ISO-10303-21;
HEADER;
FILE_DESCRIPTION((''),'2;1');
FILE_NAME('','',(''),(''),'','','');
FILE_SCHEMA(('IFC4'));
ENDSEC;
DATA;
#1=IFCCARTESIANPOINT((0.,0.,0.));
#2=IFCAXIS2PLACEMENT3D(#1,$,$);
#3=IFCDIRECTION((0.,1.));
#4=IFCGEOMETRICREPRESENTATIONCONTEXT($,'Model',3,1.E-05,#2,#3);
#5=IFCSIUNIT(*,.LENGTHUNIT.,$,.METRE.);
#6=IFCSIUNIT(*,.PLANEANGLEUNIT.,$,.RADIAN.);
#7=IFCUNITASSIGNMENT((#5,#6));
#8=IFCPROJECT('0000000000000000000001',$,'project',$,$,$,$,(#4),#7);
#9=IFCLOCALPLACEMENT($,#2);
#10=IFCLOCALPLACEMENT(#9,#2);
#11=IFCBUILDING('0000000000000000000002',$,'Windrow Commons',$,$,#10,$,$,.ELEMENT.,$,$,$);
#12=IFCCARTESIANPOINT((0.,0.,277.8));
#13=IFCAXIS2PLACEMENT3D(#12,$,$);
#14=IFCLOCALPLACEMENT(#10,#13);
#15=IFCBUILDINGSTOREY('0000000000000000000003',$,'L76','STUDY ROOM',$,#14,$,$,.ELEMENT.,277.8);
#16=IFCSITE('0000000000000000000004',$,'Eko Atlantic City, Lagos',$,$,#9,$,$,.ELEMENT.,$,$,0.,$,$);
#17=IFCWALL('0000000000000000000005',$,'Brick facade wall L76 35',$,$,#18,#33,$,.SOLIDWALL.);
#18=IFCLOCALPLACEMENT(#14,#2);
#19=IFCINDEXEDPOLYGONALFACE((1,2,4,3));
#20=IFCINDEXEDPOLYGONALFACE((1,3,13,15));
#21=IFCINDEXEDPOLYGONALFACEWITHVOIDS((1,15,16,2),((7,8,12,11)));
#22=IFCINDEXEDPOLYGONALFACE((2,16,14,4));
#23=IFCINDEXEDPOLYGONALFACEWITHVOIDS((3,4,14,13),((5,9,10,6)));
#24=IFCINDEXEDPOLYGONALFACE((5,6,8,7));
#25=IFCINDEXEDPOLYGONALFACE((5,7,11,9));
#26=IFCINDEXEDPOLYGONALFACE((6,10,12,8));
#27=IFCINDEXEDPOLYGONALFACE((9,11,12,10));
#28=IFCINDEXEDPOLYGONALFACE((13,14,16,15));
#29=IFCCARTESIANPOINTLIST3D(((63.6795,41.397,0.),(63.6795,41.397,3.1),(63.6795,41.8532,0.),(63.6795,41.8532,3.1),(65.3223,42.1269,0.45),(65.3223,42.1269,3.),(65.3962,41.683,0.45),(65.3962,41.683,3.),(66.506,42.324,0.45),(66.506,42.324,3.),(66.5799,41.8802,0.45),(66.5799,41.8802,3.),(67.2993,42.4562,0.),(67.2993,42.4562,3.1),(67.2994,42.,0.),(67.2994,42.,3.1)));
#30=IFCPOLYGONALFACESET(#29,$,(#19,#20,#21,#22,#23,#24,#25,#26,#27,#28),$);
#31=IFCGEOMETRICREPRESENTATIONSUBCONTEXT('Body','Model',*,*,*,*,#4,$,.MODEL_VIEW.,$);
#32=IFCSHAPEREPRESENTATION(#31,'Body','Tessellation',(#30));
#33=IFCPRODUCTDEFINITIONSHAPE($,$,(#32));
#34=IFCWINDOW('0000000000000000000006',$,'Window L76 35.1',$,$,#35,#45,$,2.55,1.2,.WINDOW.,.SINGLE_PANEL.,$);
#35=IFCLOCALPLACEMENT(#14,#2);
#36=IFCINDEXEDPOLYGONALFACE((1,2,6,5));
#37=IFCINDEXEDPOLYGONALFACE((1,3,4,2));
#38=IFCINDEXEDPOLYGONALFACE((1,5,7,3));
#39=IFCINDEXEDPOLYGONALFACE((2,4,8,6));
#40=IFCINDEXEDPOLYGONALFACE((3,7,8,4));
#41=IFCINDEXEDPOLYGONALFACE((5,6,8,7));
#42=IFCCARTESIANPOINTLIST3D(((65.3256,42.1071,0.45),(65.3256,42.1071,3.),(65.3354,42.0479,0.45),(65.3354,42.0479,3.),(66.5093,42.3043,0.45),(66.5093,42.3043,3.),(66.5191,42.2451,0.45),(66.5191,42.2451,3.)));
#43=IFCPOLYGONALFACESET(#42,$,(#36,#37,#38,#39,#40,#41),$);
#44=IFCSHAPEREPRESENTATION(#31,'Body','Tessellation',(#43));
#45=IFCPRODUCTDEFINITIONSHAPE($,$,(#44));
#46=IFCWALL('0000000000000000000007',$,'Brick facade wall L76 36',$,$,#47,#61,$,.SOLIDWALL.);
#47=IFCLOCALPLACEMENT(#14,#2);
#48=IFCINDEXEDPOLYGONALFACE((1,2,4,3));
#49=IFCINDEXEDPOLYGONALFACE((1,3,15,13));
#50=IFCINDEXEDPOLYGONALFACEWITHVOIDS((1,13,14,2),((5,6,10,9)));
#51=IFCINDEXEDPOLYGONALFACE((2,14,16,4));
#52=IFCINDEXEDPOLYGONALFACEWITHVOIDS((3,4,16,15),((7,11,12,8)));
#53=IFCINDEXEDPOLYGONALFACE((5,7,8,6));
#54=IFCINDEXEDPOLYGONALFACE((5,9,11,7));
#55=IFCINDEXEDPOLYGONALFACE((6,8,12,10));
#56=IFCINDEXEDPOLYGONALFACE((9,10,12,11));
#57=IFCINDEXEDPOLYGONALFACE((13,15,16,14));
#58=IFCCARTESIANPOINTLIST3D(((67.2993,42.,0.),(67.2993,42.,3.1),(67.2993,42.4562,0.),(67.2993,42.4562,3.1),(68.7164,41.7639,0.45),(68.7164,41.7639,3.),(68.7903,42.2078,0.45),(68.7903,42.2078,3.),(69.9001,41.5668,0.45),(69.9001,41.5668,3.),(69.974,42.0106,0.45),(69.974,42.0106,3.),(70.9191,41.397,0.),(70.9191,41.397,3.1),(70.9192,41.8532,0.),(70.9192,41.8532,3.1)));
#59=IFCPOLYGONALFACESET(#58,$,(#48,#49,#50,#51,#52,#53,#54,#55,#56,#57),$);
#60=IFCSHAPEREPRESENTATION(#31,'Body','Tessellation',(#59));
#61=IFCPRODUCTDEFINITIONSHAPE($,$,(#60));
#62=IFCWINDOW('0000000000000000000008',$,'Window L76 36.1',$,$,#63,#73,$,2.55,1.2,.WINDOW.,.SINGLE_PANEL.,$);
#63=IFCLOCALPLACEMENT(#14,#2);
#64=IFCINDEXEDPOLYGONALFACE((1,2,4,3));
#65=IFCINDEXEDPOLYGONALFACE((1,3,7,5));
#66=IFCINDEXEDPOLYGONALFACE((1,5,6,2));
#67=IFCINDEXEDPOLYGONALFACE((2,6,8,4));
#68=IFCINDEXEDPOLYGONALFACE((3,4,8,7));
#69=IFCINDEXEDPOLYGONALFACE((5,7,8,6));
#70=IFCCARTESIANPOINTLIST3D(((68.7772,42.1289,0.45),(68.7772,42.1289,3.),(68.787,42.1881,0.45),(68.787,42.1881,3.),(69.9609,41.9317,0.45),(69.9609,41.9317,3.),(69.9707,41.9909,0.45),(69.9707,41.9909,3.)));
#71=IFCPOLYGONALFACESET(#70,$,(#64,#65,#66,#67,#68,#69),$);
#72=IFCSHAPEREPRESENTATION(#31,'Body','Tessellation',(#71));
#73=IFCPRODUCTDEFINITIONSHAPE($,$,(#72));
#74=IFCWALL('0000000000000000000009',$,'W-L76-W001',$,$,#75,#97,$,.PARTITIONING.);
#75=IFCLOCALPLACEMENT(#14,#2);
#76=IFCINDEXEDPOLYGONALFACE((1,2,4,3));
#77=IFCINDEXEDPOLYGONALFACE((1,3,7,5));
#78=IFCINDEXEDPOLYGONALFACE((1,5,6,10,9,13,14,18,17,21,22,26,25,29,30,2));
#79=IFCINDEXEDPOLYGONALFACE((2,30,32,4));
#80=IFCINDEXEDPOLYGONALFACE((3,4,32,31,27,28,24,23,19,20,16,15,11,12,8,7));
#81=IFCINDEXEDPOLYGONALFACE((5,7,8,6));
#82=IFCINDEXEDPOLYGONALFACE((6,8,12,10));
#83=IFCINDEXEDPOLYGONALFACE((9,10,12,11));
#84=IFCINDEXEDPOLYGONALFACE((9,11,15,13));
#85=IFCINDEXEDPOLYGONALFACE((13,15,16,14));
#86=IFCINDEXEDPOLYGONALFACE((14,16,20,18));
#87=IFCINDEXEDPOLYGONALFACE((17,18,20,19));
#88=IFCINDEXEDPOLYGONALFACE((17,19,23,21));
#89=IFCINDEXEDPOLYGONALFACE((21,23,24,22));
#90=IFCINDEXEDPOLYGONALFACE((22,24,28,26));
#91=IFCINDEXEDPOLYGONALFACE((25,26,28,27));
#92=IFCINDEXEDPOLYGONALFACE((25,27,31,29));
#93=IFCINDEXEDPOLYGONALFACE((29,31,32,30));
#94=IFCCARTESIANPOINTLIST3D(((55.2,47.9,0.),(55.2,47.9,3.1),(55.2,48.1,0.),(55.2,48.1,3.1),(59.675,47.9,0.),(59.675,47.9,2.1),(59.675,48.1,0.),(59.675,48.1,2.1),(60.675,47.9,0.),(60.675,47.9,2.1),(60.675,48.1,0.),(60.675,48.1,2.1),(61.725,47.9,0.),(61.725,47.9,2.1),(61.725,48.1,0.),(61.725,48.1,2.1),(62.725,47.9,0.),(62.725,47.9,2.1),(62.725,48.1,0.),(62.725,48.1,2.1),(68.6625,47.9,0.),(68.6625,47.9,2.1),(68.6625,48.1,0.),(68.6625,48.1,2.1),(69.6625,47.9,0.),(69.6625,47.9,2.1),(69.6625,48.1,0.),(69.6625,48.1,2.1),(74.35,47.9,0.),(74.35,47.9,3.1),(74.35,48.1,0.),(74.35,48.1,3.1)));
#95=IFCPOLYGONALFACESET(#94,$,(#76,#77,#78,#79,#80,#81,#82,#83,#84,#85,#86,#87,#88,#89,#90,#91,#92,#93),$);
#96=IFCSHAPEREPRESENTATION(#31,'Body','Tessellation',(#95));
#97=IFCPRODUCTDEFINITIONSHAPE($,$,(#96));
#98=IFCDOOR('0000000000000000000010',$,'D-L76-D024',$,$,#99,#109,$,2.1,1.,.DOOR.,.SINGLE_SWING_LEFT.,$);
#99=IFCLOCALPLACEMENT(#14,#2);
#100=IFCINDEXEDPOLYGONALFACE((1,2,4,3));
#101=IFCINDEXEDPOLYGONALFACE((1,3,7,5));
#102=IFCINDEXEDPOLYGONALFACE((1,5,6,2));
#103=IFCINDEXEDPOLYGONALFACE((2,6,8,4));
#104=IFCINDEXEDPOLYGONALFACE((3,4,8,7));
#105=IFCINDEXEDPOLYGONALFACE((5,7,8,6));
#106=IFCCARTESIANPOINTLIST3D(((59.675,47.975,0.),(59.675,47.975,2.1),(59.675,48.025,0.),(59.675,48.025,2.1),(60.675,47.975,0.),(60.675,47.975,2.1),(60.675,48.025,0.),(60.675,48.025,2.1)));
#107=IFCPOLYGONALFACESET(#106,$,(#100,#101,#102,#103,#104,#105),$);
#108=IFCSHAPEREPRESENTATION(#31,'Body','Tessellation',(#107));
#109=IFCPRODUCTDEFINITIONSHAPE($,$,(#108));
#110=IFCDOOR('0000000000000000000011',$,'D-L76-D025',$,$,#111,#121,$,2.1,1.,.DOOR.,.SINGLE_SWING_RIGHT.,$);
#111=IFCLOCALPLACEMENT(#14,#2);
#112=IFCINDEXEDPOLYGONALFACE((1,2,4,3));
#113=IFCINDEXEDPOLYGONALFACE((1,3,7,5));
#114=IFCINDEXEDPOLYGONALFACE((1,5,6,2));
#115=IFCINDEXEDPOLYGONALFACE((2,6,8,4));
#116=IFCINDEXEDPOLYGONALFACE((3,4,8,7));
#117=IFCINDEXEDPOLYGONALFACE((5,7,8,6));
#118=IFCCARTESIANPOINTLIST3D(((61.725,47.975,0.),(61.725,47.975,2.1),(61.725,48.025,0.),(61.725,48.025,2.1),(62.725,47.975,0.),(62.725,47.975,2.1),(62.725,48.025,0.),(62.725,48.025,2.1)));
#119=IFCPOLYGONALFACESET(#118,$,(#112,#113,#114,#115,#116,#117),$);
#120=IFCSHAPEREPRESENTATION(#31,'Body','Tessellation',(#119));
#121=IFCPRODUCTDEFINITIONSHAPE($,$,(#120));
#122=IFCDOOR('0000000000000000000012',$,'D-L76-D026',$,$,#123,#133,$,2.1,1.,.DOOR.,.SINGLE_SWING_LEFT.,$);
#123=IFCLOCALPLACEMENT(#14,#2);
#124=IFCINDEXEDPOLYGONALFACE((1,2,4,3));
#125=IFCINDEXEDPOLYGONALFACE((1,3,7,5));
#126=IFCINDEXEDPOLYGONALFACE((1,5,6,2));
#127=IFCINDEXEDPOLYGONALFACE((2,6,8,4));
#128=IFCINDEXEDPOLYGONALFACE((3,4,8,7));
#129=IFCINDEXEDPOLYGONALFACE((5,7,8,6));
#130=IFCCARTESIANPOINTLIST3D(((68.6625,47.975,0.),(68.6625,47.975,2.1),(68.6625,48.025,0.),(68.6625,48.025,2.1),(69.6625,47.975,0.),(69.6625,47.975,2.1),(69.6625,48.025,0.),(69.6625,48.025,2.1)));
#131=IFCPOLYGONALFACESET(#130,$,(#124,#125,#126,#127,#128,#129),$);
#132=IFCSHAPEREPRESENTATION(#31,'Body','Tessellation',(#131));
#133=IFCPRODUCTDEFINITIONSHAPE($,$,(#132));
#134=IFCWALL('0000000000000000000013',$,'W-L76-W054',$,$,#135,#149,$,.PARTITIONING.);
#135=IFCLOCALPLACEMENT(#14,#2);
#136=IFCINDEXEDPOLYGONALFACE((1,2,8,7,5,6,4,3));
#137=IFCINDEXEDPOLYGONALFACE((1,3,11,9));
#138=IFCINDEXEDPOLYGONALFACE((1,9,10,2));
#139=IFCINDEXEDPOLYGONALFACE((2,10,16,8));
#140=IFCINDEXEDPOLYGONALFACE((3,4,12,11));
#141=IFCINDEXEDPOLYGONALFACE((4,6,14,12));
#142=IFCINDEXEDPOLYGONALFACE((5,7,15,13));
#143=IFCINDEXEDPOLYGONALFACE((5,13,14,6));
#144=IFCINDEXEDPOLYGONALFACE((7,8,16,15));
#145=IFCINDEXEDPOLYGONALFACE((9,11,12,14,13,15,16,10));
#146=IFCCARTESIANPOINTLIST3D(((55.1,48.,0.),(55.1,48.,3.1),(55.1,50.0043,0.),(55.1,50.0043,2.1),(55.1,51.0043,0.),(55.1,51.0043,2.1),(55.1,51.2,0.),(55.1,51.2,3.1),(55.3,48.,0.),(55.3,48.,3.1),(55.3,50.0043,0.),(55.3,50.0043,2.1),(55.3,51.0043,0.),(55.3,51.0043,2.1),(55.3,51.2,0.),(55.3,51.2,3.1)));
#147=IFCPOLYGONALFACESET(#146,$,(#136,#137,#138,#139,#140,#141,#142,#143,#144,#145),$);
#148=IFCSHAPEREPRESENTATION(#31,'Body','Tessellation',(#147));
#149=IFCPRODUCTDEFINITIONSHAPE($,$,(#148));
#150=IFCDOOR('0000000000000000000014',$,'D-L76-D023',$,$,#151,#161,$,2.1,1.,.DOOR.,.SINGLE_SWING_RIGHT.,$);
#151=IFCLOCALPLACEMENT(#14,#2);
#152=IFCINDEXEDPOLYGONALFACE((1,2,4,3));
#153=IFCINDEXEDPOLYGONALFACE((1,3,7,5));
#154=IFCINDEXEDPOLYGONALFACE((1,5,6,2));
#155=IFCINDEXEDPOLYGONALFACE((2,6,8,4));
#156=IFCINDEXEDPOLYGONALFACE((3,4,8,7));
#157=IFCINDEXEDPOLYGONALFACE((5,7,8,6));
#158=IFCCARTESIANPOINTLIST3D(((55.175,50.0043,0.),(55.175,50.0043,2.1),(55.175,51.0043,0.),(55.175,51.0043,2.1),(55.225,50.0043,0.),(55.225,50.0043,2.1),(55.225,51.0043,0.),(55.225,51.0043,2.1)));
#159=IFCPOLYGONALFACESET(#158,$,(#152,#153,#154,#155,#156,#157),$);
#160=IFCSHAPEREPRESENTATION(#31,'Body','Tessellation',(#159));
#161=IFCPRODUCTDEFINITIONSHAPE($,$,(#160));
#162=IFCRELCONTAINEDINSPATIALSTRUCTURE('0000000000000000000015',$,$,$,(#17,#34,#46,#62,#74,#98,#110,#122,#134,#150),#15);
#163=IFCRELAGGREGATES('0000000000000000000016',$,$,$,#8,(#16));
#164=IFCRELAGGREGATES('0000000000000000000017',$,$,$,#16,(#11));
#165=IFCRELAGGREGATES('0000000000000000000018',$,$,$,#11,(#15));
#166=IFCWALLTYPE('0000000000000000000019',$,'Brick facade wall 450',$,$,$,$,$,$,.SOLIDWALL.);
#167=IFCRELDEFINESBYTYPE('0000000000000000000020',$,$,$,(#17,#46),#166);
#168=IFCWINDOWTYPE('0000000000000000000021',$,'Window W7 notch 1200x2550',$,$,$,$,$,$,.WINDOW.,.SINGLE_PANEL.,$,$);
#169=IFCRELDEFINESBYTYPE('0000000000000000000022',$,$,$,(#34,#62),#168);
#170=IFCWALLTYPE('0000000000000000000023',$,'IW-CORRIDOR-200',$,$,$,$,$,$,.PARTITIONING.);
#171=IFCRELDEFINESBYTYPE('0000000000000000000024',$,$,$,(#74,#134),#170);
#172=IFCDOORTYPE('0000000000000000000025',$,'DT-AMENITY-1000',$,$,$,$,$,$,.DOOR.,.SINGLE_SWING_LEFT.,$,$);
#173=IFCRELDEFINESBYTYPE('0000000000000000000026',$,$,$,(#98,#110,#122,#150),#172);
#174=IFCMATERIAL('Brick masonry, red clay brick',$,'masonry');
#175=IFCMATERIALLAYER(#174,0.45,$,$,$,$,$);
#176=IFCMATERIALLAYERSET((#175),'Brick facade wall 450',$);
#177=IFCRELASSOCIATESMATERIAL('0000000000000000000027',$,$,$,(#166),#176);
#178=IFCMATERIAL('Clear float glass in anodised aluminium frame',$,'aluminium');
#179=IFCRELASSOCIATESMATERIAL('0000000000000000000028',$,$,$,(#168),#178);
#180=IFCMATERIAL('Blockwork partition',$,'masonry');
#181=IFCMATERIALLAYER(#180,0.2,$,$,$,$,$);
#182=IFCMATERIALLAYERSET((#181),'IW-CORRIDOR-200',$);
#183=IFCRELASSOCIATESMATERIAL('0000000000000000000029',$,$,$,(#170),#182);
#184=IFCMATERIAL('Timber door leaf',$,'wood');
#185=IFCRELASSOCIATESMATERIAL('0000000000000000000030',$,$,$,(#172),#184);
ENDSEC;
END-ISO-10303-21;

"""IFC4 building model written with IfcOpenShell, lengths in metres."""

from ifc_helpers import new_model, si_unit, direction, frame, frame_2d, origin, place, context, subcontext, project, spatial, polyline, rectangle, outline, extrude, material, layer, layer_set, type_object, element, fill, save


model = new_model("IFC4")

# Units and contexts
model_context = context("Model", 3, precision=1e-05, world=origin(), true_north=direction((0.0, 1.0)))
body_context = subcontext(model_context, "Body", "Model", "MODEL_VIEW")
ifc_project = project(units=[si_unit("LENGTHUNIT", "METRE"), si_unit("PLANEANGLEUNIT", "RADIAN")], contexts=[model_context])

# Site, building, storey
site_placement = place(None, origin())
site = spatial("IfcSite", under=ifc_project, at=site_placement, Name="Eko Atlantic City, Lagos", CompositionType="ELEMENT", RefElevation=0.0)
building_placement = place(site_placement, origin())
building = spatial("IfcBuilding", under=site, at=building_placement, Name="Windrow Commons", CompositionType="ELEMENT")
storey_placement = place(building_placement, frame((0.0, 0.0, 277.8)))
storey = spatial("IfcBuildingStorey", under=building, at=storey_placement, Name="L76", Description="STUDY ROOM", CompositionType="ELEMENT", Elevation=277.8)

# Shared definitions
ifc_material_1 = material(Name="Brick masonry, red clay brick", Category="masonry")
ifc_layer_1 = layer(ifc_material_1, 0.45)
ifc_layer_set_1 = layer_set([ifc_layer_1], Name="Brick facade wall 450")
wall_type_1 = type_object("IfcWallType", Name="Brick facade wall 450", PredefinedType="SOLIDWALL", material=ifc_layer_set_1)
ifc_material_2 = material(Name="Clear float glass in anodised aluminium frame", Category="aluminium")
window_type_1 = type_object("IfcWindowType", Name="Window W7 notch 1200x2550", PartitioningType="SINGLE_PANEL", PredefinedType="WINDOW", material=ifc_material_2)

# Walls, openings, windows
wall_1_placement = place(storey_placement, frame((63.6795, 41.6251, 0.0), z_axis=(0.0, 0.0, 1.0), x_axis=(0.986407, 0.164319, 0.0)))
wall_1 = element("IfcWall", 1, at=wall_1_placement, inside=storey, type_object=wall_type_1, Name="Brick facade wall L76 35", PredefinedType="SOLIDWALL", context=body_context, shape_type="SweptSolid", body=[
    extrude(outline(polyline([(-0.0375, -0.225), (3.6323, -0.225), (3.7072, 0.225), (0.0375, 0.225), (-0.0375, -0.225)])), origin(), (0.0, 0.0, 1.0), 3.1),
])
opening_1_placement = place(wall_1_placement, frame((1.7029, 0.0, 0.45)))
opening_1 = element("IfcOpeningElement", 2, at=opening_1_placement, cuts=wall_1, PredefinedType="OPENING", context=body_context, shape_type="SweptSolid", body=[
    extrude(rectangle(XDim=1.2, YDim=2.55, at=frame_2d((0.6, 1.275))), frame((0.0, 0.235, 0.0), z_axis=(0.0, -1.0, 0.0), x_axis=(1.0, 0.0, 0.0)), (0.0, 0.0, 1.0), 0.47),
])
window_1_placement = place(opening_1_placement, origin())
window_1 = element("IfcWindow", 3, at=window_1_placement, inside=storey, type_object=window_type_1, Name="Window L76 35.1", OverallHeight=2.55, OverallWidth=1.2, PartitioningType="SINGLE_PANEL", PredefinedType="WINDOW", context=body_context, shape_type="SweptSolid", body=[
    extrude(rectangle(XDim=1.2, YDim=2.55, at=frame_2d((0.6, 1.275))), frame((0.0, 0.205, 0.0), z_axis=(0.0, -1.0, 0.0), x_axis=(1.0, 0.0, 0.0)), (0.0, 0.0, 1.0), 0.06),
])
fill(opening_1, window_1)
wall_2_placement = place(storey_placement, frame((67.2993, 42.2281, 0.0), z_axis=(0.0, 0.0, 1.0), x_axis=(0.986408, -0.164315, 0.0)))
wall_2 = element("IfcWall", 4, at=wall_2_placement, inside=storey, type_object=wall_type_1, Name="Brick facade wall L76 36", PredefinedType="SOLIDWALL", context=body_context, shape_type="SweptSolid", body=[
    extrude(outline(polyline([(0.0375, -0.225), (3.7072, -0.225), (3.6323, 0.225), (-0.0375, 0.225), (0.0375, -0.225)])), origin(), (0.0, 0.0, 1.0), 3.1),
])
opening_2_placement = place(wall_2_placement, frame((1.4741, 0.0, 0.45)))
opening_2 = element("IfcOpeningElement", 5, at=opening_2_placement, cuts=wall_2, PredefinedType="OPENING", context=body_context, shape_type="SweptSolid", body=[
    extrude(rectangle(XDim=1.2, YDim=2.55, at=frame_2d((0.6, 1.275))), frame((0.0, 0.235, 0.0), z_axis=(0.0, -1.0, 0.0), x_axis=(1.0, 0.0, 0.0)), (0.0, 0.0, 1.0), 0.47),
])
window_2_placement = place(opening_2_placement, origin())
window_2 = element("IfcWindow", 6, at=window_2_placement, inside=storey, type_object=window_type_1, Name="Window L76 36.1", OverallHeight=2.55, OverallWidth=1.2, PartitioningType="SINGLE_PANEL", PredefinedType="WINDOW", context=body_context, shape_type="SweptSolid", body=[
    extrude(rectangle(XDim=1.2, YDim=2.55, at=frame_2d((0.6, 1.275))), frame((0.0, 0.205, 0.0), z_axis=(0.0, -1.0, 0.0), x_axis=(1.0, 0.0, 0.0)), (0.0, 0.0, 1.0), 0.06),
])
fill(opening_2, window_2)

# Wall, openings, doors
ifc_material_3 = material(Name="Blockwork partition", Category="masonry")
ifc_layer_2 = layer(ifc_material_3, 0.2)
ifc_layer_set_2 = layer_set([ifc_layer_2], Name="IW-CORRIDOR-200")
wall_type_2 = type_object("IfcWallType", Name="IW-CORRIDOR-200", PredefinedType="PARTITIONING", material=ifc_layer_set_2)
wall_3_placement = place(storey_placement, frame((55.2, 48.0, 0.0), z_axis=(0.0, 0.0, 1.0), x_axis=(1.0, 0.0, 0.0)))
wall_3 = element("IfcWall", 7, at=wall_3_placement, inside=storey, type_object=wall_type_2, Name="W-L76-W001", PredefinedType="PARTITIONING", context=body_context, shape_type="SweptSolid", body=[
    extrude(rectangle(XDim=19.15, YDim=0.2, at=frame_2d((9.575, 0.0))), origin(), (0.0, 0.0, 1.0), 3.1),
])
opening_3_placement = place(wall_3_placement, frame((4.475, 0.0, 0.0)))
opening_3 = element("IfcOpeningElement", 8, at=opening_3_placement, cuts=wall_3, PredefinedType="OPENING", context=body_context, shape_type="SweptSolid", body=[
    extrude(rectangle(XDim=1.0, YDim=2.1, at=frame_2d((0.5, 1.05))), frame((0.0, 0.11, 0.0), z_axis=(0.0, -1.0, 0.0), x_axis=(1.0, 0.0, 0.0)), (0.0, 0.0, 1.0), 0.22),
])
opening_4_placement = place(wall_3_placement, frame((6.525, 0.0, 0.0)))
opening_4 = element("IfcOpeningElement", 9, at=opening_4_placement, cuts=wall_3, PredefinedType="OPENING", context=body_context, shape_type="SweptSolid", body=[
    extrude(rectangle(XDim=1.0, YDim=2.1, at=frame_2d((0.5, 1.05))), frame((0.0, 0.11, 0.0), z_axis=(0.0, -1.0, 0.0), x_axis=(1.0, 0.0, 0.0)), (0.0, 0.0, 1.0), 0.22),
])
opening_5_placement = place(wall_3_placement, frame((13.4625, 0.0, 0.0)))
opening_5 = element("IfcOpeningElement", 10, at=opening_5_placement, cuts=wall_3, PredefinedType="OPENING", context=body_context, shape_type="SweptSolid", body=[
    extrude(rectangle(XDim=1.0, YDim=2.1, at=frame_2d((0.5, 1.05))), frame((0.0, 0.11, 0.0), z_axis=(0.0, -1.0, 0.0), x_axis=(1.0, 0.0, 0.0)), (0.0, 0.0, 1.0), 0.22),
])
ifc_material_4 = material(Name="Timber door leaf", Category="wood")
door_type = type_object("IfcDoorType", Name="DT-AMENITY-1000", OperationType="SINGLE_SWING_LEFT", PredefinedType="DOOR", material=ifc_material_4)
door_1_placement = place(opening_3_placement, origin())
door_1 = element("IfcDoor", 11, at=door_1_placement, inside=storey, type_object=door_type, Name="D-L76-D024", OperationType="SINGLE_SWING_LEFT", OverallHeight=2.1, OverallWidth=1.0, PredefinedType="DOOR", context=body_context, shape_type="SweptSolid", body=[
    extrude(rectangle(XDim=1.0, YDim=2.1, at=frame_2d((0.5, 1.05))), frame((0.0, 0.025, 0.0), z_axis=(0.0, -1.0, 0.0), x_axis=(1.0, 0.0, 0.0)), (0.0, 0.0, 1.0), 0.05),
])
fill(opening_3, door_1)
door_2_placement = place(opening_4_placement, origin())
door_2 = element("IfcDoor", 12, at=door_2_placement, inside=storey, type_object=door_type, Name="D-L76-D025", OperationType="SINGLE_SWING_RIGHT", OverallHeight=2.1, OverallWidth=1.0, PredefinedType="DOOR", context=body_context, shape_type="SweptSolid", body=[
    extrude(rectangle(XDim=1.0, YDim=2.1, at=frame_2d((0.5, 1.05))), frame((0.0, 0.025, 0.0), z_axis=(0.0, -1.0, 0.0), x_axis=(1.0, 0.0, 0.0)), (0.0, 0.0, 1.0), 0.05),
])
fill(opening_4, door_2)
door_3_placement = place(opening_5_placement, origin())
door_3 = element("IfcDoor", 13, at=door_3_placement, inside=storey, type_object=door_type, Name="D-L76-D026", OperationType="SINGLE_SWING_LEFT", OverallHeight=2.1, OverallWidth=1.0, PredefinedType="DOOR", context=body_context, shape_type="SweptSolid", body=[
    extrude(rectangle(XDim=1.0, YDim=2.1, at=frame_2d((0.5, 1.05))), frame((0.0, 0.025, 0.0), z_axis=(0.0, -1.0, 0.0), x_axis=(1.0, 0.0, 0.0)), (0.0, 0.0, 1.0), 0.05),
])
fill(opening_5, door_3)

# Wall, opening, door
wall_4_placement = place(storey_placement, frame((55.2, 48.0, 0.0), z_axis=(0.0, 0.0, 1.0), x_axis=(0.0, 1.0, 0.0)))
wall_4 = element("IfcWall", 14, at=wall_4_placement, inside=storey, type_object=wall_type_2, Name="W-L76-W054", PredefinedType="PARTITIONING", context=body_context, shape_type="SweptSolid", body=[
    extrude(rectangle(XDim=3.2, YDim=0.2, at=frame_2d((1.6, 0.0))), origin(), (0.0, 0.0, 1.0), 3.1),
])
opening_6_placement = place(wall_4_placement, frame((2.0043, 0.0, 0.0)))
opening_6 = element("IfcOpeningElement", 15, at=opening_6_placement, cuts=wall_4, PredefinedType="OPENING", context=body_context, shape_type="SweptSolid", body=[
    extrude(rectangle(XDim=1.0, YDim=2.1, at=frame_2d((0.5, 1.05))), frame((0.0, 0.11, 0.0), z_axis=(0.0, -1.0, 0.0), x_axis=(1.0, 0.0, 0.0)), (0.0, 0.0, 1.0), 0.22),
])
door_4_placement = place(opening_6_placement, origin())
door_4 = element("IfcDoor", 16, at=door_4_placement, inside=storey, type_object=door_type, Name="D-L76-D023", OperationType="SINGLE_SWING_RIGHT", OverallHeight=2.1, OverallWidth=1.0, PredefinedType="DOOR", context=body_context, shape_type="SweptSolid", body=[
    extrude(rectangle(XDim=1.0, YDim=2.1, at=frame_2d((0.5, 1.05))), frame((0.0, 0.025, 0.0), z_axis=(0.0, -1.0, 0.0), x_axis=(1.0, 0.0, 0.0)), (0.0, 0.0, 1.0), 0.05),
])
fill(opening_6, door_4)

save(model, "model.ifc")
